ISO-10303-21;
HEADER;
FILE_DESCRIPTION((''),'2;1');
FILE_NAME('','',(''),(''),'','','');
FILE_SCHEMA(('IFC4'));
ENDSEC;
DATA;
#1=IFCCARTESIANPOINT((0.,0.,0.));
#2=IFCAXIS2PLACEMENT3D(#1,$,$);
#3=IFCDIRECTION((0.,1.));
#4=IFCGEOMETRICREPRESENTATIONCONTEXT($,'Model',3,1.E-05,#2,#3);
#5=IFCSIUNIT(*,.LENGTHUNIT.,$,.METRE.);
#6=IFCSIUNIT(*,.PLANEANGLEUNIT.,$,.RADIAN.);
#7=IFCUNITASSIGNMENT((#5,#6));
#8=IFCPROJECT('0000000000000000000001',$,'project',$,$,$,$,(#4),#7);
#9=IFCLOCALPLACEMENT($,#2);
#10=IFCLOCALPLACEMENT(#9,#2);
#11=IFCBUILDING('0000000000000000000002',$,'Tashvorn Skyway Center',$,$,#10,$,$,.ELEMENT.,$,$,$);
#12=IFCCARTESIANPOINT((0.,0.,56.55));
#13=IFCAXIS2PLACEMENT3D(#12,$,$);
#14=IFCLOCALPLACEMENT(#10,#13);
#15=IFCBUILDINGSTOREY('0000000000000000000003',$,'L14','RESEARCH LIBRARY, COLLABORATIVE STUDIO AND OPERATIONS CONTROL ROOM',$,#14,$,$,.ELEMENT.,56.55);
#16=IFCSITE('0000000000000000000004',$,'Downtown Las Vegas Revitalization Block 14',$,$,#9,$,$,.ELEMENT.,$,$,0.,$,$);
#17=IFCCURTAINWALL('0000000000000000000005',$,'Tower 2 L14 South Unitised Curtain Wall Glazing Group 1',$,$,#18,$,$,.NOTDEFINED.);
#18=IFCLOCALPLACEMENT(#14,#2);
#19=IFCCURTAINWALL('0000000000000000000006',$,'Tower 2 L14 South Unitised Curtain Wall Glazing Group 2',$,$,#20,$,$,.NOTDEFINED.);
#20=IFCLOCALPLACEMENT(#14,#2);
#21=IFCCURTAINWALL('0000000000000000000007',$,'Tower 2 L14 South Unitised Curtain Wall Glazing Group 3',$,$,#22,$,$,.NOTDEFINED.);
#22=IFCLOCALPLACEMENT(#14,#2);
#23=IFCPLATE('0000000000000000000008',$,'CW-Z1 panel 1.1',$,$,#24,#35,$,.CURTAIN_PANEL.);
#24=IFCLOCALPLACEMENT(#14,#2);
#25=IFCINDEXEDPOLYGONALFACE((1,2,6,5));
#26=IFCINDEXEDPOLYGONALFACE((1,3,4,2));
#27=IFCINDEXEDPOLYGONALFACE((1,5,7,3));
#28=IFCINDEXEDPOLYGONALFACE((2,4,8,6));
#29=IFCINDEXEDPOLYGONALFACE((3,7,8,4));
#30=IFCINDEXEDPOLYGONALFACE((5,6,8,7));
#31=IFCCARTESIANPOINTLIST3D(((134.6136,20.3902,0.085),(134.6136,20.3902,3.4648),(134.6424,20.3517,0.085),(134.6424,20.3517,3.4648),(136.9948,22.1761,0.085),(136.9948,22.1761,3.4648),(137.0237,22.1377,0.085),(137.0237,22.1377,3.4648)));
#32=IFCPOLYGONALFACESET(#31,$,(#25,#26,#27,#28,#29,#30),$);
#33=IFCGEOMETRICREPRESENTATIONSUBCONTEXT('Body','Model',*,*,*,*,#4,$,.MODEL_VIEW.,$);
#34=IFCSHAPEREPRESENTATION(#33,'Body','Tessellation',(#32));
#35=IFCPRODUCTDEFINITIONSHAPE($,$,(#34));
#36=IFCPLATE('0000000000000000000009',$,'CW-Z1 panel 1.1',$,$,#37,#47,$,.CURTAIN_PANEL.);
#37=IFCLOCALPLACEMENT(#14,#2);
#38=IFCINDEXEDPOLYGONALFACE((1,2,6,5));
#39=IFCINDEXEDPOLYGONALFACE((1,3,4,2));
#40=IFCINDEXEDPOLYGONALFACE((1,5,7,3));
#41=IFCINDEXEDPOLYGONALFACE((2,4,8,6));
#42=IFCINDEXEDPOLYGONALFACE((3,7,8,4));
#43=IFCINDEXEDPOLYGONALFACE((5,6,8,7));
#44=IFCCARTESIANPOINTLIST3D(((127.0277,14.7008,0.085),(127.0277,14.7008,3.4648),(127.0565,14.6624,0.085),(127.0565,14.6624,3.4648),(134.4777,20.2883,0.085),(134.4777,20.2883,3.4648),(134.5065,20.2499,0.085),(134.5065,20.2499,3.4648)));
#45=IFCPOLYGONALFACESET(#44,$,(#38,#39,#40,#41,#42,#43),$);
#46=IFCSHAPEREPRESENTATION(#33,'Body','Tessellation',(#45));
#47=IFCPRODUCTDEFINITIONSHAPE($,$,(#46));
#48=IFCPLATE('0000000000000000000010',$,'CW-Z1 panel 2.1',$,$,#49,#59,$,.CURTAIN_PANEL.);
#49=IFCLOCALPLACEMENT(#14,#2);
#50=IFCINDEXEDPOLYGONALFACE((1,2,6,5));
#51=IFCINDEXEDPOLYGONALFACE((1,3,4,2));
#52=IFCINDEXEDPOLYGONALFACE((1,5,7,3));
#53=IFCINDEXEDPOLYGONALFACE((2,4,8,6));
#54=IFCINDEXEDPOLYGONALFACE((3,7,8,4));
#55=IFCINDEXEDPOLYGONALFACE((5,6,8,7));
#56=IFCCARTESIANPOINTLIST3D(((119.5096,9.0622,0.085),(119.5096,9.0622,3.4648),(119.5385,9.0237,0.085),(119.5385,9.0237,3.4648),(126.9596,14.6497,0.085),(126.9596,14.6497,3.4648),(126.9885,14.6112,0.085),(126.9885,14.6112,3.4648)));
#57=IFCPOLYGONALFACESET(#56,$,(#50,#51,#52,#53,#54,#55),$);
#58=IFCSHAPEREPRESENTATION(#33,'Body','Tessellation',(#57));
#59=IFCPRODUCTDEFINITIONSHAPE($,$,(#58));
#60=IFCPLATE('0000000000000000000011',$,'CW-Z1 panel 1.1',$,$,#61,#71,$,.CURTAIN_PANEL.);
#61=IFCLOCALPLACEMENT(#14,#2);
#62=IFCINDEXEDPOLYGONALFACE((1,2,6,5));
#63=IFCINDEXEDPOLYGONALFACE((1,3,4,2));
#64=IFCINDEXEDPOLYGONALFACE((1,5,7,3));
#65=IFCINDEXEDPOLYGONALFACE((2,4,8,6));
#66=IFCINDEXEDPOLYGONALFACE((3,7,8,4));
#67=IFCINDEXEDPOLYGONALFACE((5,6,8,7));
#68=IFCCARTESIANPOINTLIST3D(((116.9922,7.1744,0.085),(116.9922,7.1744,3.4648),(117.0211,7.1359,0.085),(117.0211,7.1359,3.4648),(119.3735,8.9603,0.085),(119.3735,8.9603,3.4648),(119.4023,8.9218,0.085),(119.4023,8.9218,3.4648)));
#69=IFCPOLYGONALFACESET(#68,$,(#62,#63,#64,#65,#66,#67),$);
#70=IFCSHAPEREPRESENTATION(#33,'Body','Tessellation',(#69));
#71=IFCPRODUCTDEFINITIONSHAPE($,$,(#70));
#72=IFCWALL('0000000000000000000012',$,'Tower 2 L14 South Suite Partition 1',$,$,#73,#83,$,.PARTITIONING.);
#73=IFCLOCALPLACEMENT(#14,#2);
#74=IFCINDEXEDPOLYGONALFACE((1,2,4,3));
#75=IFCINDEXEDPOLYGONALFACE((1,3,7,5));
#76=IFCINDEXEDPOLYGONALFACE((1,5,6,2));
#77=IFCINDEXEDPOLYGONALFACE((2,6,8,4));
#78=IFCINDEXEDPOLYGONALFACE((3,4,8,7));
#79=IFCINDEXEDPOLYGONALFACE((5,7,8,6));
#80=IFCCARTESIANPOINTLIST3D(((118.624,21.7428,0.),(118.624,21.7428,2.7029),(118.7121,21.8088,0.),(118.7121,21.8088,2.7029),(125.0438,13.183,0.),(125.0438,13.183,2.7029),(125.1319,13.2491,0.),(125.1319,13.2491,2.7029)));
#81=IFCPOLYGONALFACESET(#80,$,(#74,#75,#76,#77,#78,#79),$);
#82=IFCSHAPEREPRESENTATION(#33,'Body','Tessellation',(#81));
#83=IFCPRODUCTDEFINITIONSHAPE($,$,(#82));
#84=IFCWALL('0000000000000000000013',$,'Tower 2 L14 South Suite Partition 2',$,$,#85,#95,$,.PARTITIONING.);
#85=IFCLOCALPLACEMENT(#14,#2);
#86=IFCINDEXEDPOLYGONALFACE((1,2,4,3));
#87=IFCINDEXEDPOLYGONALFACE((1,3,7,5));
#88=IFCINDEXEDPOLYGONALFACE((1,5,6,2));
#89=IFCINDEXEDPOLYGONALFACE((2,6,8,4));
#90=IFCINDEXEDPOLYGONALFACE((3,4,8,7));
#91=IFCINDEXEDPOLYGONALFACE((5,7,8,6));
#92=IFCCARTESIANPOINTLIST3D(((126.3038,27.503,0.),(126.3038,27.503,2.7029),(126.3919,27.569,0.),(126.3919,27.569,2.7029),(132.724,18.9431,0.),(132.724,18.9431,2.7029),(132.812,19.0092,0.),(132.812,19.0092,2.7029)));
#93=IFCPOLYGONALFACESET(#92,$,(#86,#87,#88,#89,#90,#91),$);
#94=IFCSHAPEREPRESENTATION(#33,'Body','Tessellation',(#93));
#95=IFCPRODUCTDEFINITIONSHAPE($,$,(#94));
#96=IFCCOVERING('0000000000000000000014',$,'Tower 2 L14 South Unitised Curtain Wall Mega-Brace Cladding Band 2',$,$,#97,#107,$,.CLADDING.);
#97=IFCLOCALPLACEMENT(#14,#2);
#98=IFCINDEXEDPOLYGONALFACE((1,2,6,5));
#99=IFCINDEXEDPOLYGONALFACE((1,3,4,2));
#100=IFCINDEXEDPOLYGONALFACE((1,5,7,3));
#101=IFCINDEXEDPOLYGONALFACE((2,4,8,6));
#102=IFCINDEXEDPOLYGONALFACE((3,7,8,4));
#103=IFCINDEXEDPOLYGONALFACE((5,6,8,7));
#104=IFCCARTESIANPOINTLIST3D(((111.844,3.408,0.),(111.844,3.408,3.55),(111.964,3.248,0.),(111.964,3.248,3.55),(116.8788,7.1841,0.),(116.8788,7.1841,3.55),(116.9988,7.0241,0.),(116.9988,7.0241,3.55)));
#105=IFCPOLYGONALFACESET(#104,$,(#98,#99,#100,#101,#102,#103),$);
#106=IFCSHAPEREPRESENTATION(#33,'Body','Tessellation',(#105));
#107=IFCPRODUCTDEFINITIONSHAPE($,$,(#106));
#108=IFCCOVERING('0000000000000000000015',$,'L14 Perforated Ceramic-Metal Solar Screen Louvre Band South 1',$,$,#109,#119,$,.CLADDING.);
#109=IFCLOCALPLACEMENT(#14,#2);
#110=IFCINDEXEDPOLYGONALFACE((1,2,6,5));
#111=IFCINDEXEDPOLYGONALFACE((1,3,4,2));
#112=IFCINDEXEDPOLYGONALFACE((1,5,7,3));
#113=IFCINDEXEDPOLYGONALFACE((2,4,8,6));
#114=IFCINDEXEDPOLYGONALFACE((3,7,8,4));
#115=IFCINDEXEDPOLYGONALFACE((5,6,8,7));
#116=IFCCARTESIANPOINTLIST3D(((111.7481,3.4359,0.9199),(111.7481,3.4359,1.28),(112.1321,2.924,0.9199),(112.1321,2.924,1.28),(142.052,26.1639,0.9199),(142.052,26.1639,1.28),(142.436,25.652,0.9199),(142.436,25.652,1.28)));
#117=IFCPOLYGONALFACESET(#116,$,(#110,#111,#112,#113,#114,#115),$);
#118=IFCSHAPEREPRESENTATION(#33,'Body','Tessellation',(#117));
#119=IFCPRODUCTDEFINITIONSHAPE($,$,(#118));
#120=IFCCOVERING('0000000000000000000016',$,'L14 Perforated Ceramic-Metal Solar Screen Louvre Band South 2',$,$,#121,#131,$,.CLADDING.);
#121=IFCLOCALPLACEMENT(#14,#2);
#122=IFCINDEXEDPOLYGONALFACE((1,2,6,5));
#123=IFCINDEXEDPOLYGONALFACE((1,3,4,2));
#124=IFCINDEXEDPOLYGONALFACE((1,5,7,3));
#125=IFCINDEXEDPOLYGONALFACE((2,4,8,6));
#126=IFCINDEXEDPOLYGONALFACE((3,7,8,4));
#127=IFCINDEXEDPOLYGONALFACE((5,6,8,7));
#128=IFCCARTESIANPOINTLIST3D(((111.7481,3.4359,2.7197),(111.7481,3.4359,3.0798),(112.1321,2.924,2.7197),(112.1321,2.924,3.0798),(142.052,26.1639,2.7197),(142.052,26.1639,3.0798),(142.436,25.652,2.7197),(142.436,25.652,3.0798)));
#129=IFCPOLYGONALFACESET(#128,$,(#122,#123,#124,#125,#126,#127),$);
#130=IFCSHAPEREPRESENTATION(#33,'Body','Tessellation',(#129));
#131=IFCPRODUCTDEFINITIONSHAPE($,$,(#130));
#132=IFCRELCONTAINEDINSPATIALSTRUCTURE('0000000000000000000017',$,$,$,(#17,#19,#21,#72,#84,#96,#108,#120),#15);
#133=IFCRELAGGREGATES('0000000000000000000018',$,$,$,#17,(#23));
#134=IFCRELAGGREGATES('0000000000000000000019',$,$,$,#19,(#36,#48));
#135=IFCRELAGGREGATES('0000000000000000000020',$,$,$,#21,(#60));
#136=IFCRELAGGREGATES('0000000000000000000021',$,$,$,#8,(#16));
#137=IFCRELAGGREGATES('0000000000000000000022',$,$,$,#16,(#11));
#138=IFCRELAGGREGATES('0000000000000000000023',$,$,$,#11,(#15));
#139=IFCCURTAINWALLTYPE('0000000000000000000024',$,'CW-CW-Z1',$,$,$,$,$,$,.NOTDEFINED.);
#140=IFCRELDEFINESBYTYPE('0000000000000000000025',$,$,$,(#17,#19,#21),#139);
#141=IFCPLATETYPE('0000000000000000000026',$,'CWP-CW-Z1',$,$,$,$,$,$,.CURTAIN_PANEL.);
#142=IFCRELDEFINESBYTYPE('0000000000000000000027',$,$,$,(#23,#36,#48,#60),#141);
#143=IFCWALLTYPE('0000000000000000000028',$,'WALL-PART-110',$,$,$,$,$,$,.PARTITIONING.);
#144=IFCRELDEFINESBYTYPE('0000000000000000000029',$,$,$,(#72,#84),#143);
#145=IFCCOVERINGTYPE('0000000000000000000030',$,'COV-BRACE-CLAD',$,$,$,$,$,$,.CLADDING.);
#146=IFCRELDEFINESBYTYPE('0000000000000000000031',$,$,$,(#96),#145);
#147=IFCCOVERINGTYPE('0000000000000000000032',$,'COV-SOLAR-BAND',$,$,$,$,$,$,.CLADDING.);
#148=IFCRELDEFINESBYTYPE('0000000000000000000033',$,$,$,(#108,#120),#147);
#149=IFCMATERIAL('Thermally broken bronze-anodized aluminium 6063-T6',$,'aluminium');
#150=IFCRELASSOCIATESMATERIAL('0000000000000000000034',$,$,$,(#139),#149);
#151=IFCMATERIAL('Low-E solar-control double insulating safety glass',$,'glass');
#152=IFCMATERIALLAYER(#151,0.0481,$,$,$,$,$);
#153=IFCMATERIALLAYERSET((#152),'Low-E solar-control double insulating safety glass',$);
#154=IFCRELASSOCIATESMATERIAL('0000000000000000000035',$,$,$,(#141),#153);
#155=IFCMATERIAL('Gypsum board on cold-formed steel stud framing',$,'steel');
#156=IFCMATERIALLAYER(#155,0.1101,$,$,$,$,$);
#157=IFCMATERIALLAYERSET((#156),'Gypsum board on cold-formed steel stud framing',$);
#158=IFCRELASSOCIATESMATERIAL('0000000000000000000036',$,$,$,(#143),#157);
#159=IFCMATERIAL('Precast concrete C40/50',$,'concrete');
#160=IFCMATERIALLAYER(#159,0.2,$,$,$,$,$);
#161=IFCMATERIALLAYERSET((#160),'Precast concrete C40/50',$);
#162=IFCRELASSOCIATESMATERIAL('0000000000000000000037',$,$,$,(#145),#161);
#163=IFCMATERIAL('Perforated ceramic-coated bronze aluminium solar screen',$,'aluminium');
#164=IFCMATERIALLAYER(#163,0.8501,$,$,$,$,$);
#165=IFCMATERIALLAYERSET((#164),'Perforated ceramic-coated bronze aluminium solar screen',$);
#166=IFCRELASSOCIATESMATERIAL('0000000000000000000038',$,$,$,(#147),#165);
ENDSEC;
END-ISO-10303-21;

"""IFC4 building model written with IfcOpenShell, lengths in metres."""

from ifc_helpers import new_model, si_unit, direction, frame, frame_2d, origin, origin_2d, place, context, subcontext, project, spatial, rectangle, extrude, material, layer, layer_set, type_object, element, aggregate, save


model = new_model("IFC4")

# Units and contexts
model_context = context("Model", 3, precision=1e-05, world=origin(), true_north=direction((0.0, 1.0)))
body_context = subcontext(model_context, "Body", "Model", "MODEL_VIEW")
ifc_project = project(units=[si_unit("LENGTHUNIT", "METRE"), si_unit("PLANEANGLEUNIT", "RADIAN")], contexts=[model_context])

# Site, building, storey
site_placement = place(None, origin())
site = spatial("IfcSite", under=ifc_project, at=site_placement, Name="Downtown Las Vegas Revitalization Block 14", CompositionType="ELEMENT", RefElevation=0.0)
building_placement = place(site_placement, origin())
building = spatial("IfcBuilding", under=site, at=building_placement, Name="Tashvorn Skyway Center", CompositionType="ELEMENT")
storey_placement = place(building_placement, frame((0.0, 0.0, 56.55)))
storey = spatial("IfcBuildingStorey", under=building, at=storey_placement, Name="L14", Description="RESEARCH LIBRARY, COLLABORATIVE STUDIO AND OPERATIONS CONTROL ROOM", CompositionType="ELEMENT", Elevation=56.55)

# Curtain wall
ifc_material_1 = material(Name="Thermally broken bronze-anodized aluminium 6063-T6", Category="aluminium")
curtain_wall_type = type_object("IfcCurtainWallType", Name="CW-CW-Z1", PredefinedType="NOTDEFINED", material=ifc_material_1)
curtain_wall_1_placement = place(storey_placement, origin())
curtain_wall_1 = element("IfcCurtainWall", 1, at=curtain_wall_1_placement, inside=storey, type_object=curtain_wall_type, Name="Tower 2 L14 South Unitised Curtain Wall Glazing Group 1", PredefinedType="NOTDEFINED")

# Curtain walls
curtain_wall_2_placement = place(storey_placement, origin())
curtain_wall_2 = element("IfcCurtainWall", 2, at=curtain_wall_2_placement, inside=storey, type_object=curtain_wall_type, Name="Tower 2 L14 South Unitised Curtain Wall Glazing Group 2", PredefinedType="NOTDEFINED")
curtain_wall_3_placement = place(storey_placement, origin())
curtain_wall_3 = element("IfcCurtainWall", 3, at=curtain_wall_3_placement, inside=storey, type_object=curtain_wall_type, Name="Tower 2 L14 South Unitised Curtain Wall Glazing Group 3", PredefinedType="NOTDEFINED")

# Plates
ifc_material_2 = material(Name="Low-E solar-control double insulating safety glass", Category="glass")
ifc_layer_1 = layer(ifc_material_2, 0.0481)
ifc_layer_set_1 = layer_set([ifc_layer_1], Name="Low-E solar-control double insulating safety glass")
plate_type = type_object("IfcPlateType", Name="CWP-CW-Z1", PredefinedType="CURTAIN_PANEL", material=ifc_layer_set_1)
plate_1_placement = place(storey_placement, frame((135.8186, 21.2639, 0.085), z_axis=(0.0, 0.0, 1.0), x_axis=(-0.799996, -0.600005, 0.0)))
plate_1 = element("IfcPlate", 4, at=plate_1_placement, type_object=plate_type, Name="CW-Z1 panel 1.1", PredefinedType="CURTAIN_PANEL", context=body_context, shape_type="SweptSolid", body=[
    extrude(rectangle(XDim=2.9766, YDim=0.0481, at=origin_2d()), origin(), (0.0, 0.0, 1.0), 3.3799),
])
aggregate(curtain_wall_1, [plate_1])
plate_2_placement = place(storey_placement, frame((130.7671, 17.4753, 0.085), z_axis=(0.0, 0.0, 1.0), x_axis=(-0.8, -0.6, 0.0)))
plate_2 = element("IfcPlate", 5, at=plate_2_placement, type_object=plate_type, Name="CW-Z1 panel 1.1", PredefinedType="CURTAIN_PANEL", context=body_context, shape_type="SweptSolid", body=[
    extrude(rectangle(XDim=9.3125, YDim=0.0481, at=origin_2d()), origin(), (0.0, 0.0, 1.0), 3.3799),
])
plate_3_placement = place(storey_placement, frame((123.249, 11.8367, 0.085), z_axis=(0.0, 0.0, 1.0), x_axis=(-0.8, -0.6, 0.0)))
plate_3 = element("IfcPlate", 6, at=plate_3_placement, type_object=plate_type, Name="CW-Z1 panel 2.1", PredefinedType="CURTAIN_PANEL", context=body_context, shape_type="SweptSolid", body=[
    extrude(rectangle(XDim=9.3125, YDim=0.0481, at=origin_2d()), origin(), (0.0, 0.0, 1.0), 3.3799),
])
aggregate(curtain_wall_2, [plate_2, plate_3])
plate_4_placement = place(storey_placement, frame((118.1973, 8.0481, 0.085), z_axis=(0.0, 0.0, 1.0), x_axis=(-0.799996, -0.600005, 0.0)))
plate_4 = element("IfcPlate", 7, at=plate_4_placement, type_object=plate_type, Name="CW-Z1 panel 1.1", PredefinedType="CURTAIN_PANEL", context=body_context, shape_type="SweptSolid", body=[
    extrude(rectangle(XDim=2.9766, YDim=0.0481, at=origin_2d()), origin(), (0.0, 0.0, 1.0), 3.3799),
])
aggregate(curtain_wall_3, [plate_4])

# Walls
ifc_material_3 = material(Name="Gypsum board on cold-formed steel stud framing", Category="steel")
ifc_layer_2 = layer(ifc_material_3, 0.1101)
ifc_layer_set_2 = layer_set([ifc_layer_2], Name="Gypsum board on cold-formed steel stud framing")
wall_type = type_object("IfcWallType", Name="WALL-PART-110", PredefinedType="PARTITIONING", material=ifc_layer_set_2)
wall_1_placement = place(storey_placement, frame((125.0879, 13.2161, 0.0), z_axis=(0.0, 0.0, 1.0), x_axis=(-0.600004, 0.799997, 0.0)))
element("IfcWall", 8, at=wall_1_placement, inside=storey, type_object=wall_type, Name="Tower 2 L14 South Suite Partition 1", PredefinedType="PARTITIONING", context=body_context, shape_type="SweptSolid", body=[
    extrude(rectangle(XDim=10.6997, YDim=0.1101, at=frame_2d((5.3499, 0.0))), origin(), (0.0, 0.0, 1.0), 2.7029),
])
wall_2_placement = place(storey_placement, frame((132.7681, 18.9761, 0.0), z_axis=(0.0, 0.0, 1.0), x_axis=(-0.600018, 0.799986, 0.0)))
element("IfcWall", 9, at=wall_2_placement, inside=storey, type_object=wall_type, Name="Tower 2 L14 South Suite Partition 2", PredefinedType="PARTITIONING", context=body_context, shape_type="SweptSolid", body=[
    extrude(rectangle(XDim=10.7, YDim=0.1101, at=frame_2d((5.3501, 0.0))), origin(), (0.0, 0.0, 1.0), 2.7029),
])

# Coverings
ifc_material_4 = material(Name="Precast concrete C40/50", Category="concrete")
ifc_layer_3 = layer(ifc_material_4, 0.2)
ifc_layer_set_3 = layer_set([ifc_layer_3], Name="Precast concrete C40/50")
covering_type_1 = type_object("IfcCoveringType", Name="COV-BRACE-CLAD", PredefinedType="CLADDING", material=ifc_layer_set_3)
covering_placement = place(storey_placement, frame((114.4214, 5.2161, 0.0), z_axis=(0.0, 0.0, 1.0), x_axis=(-0.8, -0.6, 0.0)))
element("IfcCovering", 10, at=covering_placement, inside=storey, type_object=covering_type_1, Name="Tower 2 L14 South Unitised Curtain Wall Mega-Brace Cladding Band 2", PredefinedType="CLADDING", context=body_context, shape_type="SweptSolid", body=[
    extrude(rectangle(XDim=6.2935, YDim=0.2, at=origin_2d()), origin(), (0.0, 0.0, 1.0), 3.55),
])
ifc_material_5 = material(Name="Perforated ceramic-coated bronze aluminium solar screen", Category="aluminium")
ifc_layer_4 = layer(ifc_material_5, 0.8501)
ifc_layer_set_4 = layer_set([ifc_layer_4], Name="Perforated ceramic-coated bronze aluminium solar screen")
covering_type_2 = type_object("IfcCoveringType", Name="COV-SOLAR-BAND", PredefinedType="CLADDING", material=ifc_layer_set_4)
for number, where, z_axis, x_axis, name in (
    (11, (127.092, 14.5439, 0.9199), (0.0, 0.0, 1.0), (-0.8, -0.6, 0.0), "L14 Perforated Ceramic-Metal Solar Screen Louvre Band South 1"),
    (12, (127.092, 14.5439, 2.7197), (0.0, 0.0, 1.0), (-0.8, -0.6, 0.0), "L14 Perforated Ceramic-Metal Solar Screen Louvre Band South 2"),
):
    element("IfcCovering", number, at=place(storey_placement, frame(where, z_axis=z_axis, x_axis=x_axis)), inside=storey, type_object=covering_type_2, Name=name, PredefinedType="CLADDING", context=body_context, shape_type="SweptSolid", body=[
        extrude(rectangle(XDim=37.8799, YDim=0.6399, at=origin_2d()), origin(), (0.0, 0.0, 1.0), 0.3601),
    ])

save(model, "model.ifc")
